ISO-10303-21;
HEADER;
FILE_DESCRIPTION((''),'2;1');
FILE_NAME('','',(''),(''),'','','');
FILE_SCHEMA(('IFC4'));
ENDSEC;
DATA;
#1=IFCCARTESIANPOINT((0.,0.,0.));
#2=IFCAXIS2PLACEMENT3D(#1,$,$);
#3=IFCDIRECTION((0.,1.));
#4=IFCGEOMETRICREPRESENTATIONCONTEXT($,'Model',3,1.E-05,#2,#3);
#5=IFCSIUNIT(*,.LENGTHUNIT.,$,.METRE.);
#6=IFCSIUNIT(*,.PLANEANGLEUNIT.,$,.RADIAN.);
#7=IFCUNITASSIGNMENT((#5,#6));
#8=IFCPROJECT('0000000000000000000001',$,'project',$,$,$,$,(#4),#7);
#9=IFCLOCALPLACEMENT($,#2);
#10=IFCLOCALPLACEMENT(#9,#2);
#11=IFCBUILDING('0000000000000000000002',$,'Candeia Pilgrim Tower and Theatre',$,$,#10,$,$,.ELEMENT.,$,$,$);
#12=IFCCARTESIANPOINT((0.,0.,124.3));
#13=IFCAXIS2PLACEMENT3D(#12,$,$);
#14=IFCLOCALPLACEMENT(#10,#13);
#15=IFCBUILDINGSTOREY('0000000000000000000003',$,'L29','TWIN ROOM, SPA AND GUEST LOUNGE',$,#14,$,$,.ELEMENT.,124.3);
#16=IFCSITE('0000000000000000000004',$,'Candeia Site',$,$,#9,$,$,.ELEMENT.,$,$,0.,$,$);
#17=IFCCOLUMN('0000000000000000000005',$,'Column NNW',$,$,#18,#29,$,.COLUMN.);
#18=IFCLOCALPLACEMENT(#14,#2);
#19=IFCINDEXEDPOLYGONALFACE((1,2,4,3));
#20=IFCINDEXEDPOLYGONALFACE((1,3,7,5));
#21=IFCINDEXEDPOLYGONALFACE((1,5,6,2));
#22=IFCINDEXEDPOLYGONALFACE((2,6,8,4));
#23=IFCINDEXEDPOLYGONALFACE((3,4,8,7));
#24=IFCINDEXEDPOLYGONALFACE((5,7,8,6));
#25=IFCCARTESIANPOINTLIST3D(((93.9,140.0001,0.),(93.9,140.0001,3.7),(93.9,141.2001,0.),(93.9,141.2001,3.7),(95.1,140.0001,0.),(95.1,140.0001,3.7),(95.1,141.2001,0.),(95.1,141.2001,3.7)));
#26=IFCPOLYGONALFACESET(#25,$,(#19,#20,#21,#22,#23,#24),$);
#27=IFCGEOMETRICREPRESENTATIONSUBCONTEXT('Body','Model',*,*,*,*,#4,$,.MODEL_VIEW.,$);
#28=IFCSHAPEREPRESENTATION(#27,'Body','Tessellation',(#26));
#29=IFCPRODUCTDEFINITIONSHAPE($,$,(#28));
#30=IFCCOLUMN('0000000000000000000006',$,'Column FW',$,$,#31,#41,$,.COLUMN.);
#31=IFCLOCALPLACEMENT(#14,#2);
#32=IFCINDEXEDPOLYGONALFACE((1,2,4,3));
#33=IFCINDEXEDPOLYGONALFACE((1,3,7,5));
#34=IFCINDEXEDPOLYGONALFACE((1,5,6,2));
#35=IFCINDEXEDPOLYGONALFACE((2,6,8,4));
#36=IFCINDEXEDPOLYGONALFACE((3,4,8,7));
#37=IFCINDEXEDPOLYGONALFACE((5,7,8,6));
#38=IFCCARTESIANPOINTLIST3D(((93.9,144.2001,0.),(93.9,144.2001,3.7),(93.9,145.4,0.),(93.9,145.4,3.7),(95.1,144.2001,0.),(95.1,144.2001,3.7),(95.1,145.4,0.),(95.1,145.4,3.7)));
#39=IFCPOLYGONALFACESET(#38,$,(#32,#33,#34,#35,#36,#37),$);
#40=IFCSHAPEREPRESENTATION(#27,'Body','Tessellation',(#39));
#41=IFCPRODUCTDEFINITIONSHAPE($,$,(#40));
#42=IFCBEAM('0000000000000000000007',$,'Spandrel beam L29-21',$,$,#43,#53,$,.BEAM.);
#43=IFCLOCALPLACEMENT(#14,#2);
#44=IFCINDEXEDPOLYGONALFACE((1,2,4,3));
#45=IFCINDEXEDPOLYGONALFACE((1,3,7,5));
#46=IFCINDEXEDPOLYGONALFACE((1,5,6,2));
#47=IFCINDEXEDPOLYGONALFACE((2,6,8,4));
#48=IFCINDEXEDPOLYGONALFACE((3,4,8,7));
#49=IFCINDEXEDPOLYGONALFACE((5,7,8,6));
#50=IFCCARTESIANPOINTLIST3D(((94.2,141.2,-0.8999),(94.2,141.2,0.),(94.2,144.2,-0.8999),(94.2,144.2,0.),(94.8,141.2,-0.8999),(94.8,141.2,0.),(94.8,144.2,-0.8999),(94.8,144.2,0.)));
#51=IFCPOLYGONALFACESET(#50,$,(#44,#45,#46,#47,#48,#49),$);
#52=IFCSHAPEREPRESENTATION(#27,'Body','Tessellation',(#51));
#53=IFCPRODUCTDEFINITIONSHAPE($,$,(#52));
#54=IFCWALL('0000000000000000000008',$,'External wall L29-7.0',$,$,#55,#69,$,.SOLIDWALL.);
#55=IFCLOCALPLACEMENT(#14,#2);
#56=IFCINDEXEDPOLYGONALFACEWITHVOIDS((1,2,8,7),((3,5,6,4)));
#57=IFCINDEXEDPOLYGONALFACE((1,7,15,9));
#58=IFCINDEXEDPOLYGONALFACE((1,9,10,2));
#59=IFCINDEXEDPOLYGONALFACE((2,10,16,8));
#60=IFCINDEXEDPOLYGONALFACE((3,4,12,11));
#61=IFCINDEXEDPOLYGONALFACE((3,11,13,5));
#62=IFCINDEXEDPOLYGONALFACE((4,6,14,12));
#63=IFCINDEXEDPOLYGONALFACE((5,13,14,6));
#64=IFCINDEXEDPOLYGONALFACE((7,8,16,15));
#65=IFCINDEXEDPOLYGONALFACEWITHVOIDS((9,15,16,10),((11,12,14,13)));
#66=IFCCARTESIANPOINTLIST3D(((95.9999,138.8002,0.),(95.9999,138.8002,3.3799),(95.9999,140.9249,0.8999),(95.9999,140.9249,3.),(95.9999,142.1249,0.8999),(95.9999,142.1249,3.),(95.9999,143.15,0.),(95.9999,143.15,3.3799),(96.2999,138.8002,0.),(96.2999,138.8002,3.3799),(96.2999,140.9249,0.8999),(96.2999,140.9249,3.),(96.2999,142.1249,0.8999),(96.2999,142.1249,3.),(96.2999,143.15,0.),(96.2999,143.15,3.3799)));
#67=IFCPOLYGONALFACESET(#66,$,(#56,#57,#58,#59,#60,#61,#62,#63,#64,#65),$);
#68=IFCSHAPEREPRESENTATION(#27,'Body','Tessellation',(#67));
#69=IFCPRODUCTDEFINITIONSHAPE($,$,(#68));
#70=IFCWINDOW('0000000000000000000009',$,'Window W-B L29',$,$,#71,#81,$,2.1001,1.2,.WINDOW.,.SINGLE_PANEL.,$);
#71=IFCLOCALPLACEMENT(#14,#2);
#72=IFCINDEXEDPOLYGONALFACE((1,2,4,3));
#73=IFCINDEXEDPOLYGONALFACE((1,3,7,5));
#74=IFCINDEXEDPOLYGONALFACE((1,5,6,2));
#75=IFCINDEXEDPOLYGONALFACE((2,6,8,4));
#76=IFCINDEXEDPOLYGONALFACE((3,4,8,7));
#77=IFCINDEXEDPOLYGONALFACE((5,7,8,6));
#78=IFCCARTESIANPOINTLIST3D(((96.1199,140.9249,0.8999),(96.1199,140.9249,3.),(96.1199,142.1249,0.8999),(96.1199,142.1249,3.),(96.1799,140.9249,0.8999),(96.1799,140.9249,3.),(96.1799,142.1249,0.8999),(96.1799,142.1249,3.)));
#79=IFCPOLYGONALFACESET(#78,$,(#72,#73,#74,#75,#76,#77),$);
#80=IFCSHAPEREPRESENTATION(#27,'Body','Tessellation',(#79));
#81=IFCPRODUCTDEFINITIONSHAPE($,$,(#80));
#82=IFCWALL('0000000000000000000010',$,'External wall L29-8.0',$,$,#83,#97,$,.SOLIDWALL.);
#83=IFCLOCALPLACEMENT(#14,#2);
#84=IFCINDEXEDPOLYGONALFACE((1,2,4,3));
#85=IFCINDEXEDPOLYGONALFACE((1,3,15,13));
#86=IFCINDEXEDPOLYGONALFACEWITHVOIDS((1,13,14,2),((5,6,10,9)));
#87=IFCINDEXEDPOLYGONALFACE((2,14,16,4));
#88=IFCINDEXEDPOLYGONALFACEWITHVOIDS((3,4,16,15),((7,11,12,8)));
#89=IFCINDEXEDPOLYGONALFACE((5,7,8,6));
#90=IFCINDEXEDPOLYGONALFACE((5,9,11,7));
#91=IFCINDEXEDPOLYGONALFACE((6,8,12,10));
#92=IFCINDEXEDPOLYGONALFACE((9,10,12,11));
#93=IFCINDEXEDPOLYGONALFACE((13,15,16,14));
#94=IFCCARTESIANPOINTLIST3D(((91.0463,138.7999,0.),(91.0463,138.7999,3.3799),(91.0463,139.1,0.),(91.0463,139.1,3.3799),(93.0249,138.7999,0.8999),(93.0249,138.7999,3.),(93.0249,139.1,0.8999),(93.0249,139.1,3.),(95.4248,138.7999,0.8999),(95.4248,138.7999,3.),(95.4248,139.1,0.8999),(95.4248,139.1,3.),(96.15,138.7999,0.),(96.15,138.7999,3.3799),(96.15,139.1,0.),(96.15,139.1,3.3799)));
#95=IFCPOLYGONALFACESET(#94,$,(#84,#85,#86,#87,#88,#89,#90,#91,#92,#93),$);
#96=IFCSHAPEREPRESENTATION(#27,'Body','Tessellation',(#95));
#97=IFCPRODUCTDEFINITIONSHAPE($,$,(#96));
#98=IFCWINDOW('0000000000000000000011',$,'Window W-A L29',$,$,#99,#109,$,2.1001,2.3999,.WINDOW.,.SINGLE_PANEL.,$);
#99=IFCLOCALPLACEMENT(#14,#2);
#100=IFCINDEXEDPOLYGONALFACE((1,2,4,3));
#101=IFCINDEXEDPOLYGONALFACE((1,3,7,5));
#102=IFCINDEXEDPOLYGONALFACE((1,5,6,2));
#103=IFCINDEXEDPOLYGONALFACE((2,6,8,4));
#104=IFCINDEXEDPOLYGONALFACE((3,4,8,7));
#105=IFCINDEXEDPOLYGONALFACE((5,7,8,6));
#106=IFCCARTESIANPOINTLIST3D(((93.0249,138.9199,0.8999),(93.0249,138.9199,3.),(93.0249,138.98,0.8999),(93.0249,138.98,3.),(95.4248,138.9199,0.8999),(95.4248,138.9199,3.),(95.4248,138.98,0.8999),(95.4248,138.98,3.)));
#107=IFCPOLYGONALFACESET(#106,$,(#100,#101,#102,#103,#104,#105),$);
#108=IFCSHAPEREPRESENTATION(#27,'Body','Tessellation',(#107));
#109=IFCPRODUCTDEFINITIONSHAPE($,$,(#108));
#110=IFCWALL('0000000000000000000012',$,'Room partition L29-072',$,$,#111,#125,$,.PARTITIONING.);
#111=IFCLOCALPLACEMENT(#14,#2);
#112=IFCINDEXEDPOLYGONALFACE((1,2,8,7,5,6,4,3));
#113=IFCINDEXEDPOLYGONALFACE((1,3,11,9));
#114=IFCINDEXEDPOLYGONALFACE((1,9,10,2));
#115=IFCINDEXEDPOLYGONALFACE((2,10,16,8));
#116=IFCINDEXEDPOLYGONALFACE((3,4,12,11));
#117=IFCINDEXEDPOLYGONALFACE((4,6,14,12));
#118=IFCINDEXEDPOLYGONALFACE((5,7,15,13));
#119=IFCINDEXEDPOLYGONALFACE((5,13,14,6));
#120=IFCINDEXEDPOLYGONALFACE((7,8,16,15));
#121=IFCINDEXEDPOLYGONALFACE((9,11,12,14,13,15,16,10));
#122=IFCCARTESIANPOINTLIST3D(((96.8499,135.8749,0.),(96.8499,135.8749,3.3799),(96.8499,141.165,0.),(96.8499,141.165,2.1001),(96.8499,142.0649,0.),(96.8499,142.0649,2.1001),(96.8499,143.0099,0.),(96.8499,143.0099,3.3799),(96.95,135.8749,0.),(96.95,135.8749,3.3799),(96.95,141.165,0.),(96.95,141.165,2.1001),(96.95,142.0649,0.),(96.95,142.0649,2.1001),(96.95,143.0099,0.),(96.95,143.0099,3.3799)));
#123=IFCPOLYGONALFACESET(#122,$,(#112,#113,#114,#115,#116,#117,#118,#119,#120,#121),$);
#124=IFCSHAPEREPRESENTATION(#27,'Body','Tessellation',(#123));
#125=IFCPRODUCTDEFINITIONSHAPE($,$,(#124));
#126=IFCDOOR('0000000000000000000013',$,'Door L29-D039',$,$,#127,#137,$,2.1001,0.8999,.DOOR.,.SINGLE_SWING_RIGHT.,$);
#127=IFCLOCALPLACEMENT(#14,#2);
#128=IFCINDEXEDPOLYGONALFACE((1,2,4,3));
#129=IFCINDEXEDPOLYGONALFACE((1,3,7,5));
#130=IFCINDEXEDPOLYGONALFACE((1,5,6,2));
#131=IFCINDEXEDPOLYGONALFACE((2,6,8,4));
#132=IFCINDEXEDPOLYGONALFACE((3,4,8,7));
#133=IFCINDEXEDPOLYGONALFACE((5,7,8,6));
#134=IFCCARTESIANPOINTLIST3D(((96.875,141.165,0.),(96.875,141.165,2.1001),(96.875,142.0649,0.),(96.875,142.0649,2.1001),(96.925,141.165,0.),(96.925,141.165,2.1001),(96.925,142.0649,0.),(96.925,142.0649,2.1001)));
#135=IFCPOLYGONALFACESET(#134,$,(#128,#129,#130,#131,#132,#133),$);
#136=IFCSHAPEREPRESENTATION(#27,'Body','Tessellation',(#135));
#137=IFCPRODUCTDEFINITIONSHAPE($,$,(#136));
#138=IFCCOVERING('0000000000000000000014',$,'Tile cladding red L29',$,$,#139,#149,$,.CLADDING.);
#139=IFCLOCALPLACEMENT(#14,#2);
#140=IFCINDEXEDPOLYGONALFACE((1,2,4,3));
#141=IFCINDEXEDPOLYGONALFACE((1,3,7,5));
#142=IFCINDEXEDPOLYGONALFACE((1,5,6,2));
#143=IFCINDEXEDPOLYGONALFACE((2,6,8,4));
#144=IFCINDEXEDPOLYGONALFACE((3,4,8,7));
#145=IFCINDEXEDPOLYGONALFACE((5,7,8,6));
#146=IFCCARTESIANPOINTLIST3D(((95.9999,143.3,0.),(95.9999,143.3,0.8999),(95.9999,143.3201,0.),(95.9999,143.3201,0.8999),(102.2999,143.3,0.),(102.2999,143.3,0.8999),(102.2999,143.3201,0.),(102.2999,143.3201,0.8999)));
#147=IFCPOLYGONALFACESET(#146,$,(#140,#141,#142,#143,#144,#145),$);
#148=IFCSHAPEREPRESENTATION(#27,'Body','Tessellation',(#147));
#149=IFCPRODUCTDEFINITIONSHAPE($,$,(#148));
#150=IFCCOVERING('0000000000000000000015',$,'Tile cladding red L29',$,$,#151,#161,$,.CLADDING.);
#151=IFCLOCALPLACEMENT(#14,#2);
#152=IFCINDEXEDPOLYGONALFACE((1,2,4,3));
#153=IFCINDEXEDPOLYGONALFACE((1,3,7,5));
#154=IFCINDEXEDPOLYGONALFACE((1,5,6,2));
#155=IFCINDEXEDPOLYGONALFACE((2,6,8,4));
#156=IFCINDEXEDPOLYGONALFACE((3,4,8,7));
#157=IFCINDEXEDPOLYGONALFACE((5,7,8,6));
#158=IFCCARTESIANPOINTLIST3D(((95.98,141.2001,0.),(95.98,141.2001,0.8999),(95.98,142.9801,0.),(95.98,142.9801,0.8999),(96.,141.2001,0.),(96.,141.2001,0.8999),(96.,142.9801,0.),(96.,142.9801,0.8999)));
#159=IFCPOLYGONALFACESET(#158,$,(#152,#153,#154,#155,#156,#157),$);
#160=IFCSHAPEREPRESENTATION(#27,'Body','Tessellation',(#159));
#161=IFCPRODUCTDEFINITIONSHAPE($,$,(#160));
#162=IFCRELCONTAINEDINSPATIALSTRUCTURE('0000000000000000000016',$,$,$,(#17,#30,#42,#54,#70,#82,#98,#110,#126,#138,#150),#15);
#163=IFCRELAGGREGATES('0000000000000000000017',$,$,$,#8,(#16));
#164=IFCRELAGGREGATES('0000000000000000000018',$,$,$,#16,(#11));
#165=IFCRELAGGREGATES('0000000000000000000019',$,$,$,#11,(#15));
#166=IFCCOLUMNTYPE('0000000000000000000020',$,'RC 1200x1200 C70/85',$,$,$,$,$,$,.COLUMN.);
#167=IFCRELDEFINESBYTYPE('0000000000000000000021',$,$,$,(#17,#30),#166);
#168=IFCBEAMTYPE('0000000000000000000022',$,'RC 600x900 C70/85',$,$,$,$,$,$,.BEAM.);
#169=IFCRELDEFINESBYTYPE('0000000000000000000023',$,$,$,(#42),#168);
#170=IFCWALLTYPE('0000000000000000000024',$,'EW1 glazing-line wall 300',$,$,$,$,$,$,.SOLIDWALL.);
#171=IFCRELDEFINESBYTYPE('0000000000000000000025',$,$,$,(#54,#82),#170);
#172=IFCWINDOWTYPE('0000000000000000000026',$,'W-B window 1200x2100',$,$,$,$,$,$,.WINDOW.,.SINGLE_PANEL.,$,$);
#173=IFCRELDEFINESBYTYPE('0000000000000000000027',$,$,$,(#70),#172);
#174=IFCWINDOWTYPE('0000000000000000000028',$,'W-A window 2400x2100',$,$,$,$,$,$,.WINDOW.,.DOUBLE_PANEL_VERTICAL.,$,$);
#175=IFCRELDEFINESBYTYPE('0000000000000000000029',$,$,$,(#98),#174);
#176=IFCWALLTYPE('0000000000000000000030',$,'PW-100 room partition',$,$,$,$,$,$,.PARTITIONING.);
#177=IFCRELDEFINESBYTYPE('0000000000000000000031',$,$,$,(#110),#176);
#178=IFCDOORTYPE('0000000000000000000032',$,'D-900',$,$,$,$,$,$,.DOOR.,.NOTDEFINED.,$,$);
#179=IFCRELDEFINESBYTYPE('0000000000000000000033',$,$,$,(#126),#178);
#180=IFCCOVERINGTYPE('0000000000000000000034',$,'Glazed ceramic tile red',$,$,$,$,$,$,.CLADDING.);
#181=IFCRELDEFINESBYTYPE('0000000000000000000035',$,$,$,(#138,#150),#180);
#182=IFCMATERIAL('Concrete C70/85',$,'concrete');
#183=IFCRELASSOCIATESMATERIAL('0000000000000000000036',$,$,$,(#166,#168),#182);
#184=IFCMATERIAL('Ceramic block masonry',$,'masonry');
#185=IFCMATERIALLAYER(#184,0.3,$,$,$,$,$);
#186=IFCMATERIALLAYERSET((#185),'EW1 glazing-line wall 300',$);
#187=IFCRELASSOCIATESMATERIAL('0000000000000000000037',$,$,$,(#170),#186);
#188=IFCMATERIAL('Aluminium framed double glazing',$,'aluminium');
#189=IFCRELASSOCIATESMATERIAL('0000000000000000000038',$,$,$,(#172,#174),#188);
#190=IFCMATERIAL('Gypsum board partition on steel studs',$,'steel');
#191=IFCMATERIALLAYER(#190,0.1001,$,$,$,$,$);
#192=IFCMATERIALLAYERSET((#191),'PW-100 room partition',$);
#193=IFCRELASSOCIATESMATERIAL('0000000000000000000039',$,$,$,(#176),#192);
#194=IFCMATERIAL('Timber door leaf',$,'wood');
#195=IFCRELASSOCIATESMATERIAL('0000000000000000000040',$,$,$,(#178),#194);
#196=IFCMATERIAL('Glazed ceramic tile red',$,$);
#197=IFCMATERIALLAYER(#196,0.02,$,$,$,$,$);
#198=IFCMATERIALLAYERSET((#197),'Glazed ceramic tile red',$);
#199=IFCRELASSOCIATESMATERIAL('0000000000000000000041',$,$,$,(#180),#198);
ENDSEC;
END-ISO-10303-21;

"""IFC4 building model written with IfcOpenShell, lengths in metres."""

from ifc_helpers import new_model, si_unit, direction, frame, frame_2d, origin, origin_2d, place, context, subcontext, project, spatial, rectangle, extrude, material, layer, layer_set, material_profile, profile_set, type_object, element, fill, save


model = new_model("IFC4")

# Units and contexts
model_context = context("Model", 3, precision=1e-05, world=origin(), true_north=direction((0.0, 1.0)))
body_context = subcontext(model_context, "Body", "Model", "MODEL_VIEW")
ifc_project = project(units=[si_unit("LENGTHUNIT", "METRE"), si_unit("PLANEANGLEUNIT", "RADIAN")], contexts=[model_context])

# Site, building, storey
site_placement = place(None, origin())
site = spatial("IfcSite", under=ifc_project, at=site_placement, Name="Candeia Site", CompositionType="ELEMENT", RefElevation=0.0)
building_placement = place(site_placement, origin())
building = spatial("IfcBuilding", under=site, at=building_placement, Name="Candeia Pilgrim Tower and Theatre", CompositionType="ELEMENT")
storey_placement = place(building_placement, frame((0.0, 0.0, 124.3)))
storey = spatial("IfcBuildingStorey", under=building, at=storey_placement, Name="L29", Description="TWIN ROOM, SPA AND GUEST LOUNGE", CompositionType="ELEMENT", Elevation=124.3)

# Columns
ifc_material_1 = material(Name="Concrete C70/85", Category="concrete")
ifc_material_profile_1 = material_profile(ifc_material_1, rectangle(XDim=1.2, YDim=1.2, at=origin_2d()))
ifc_profile_set_1 = profile_set([ifc_material_profile_1], Name="Concrete C70/85")
column_type = type_object("IfcColumnType", Name="RC 1200x1200 C70/85", PredefinedType="COLUMN", material=ifc_profile_set_1)
for number, where, z_axis, x_axis, name in (
    (1, (94.5, 140.6001, 0.0), (0.0, 0.0, 1.0), (1.0, 0.0, 0.0), "Column NNW"),
    (2, (94.5, 144.8, 0.0), (0.0, 0.0, 1.0), (1.0, 0.0, 0.0), "Column FW"),
):
    element("IfcColumn", number, at=place(storey_placement, frame(where, z_axis=z_axis, x_axis=x_axis)), inside=storey, type_object=column_type, Name=name, PredefinedType="COLUMN", context=body_context, shape_type="SweptSolid", body=[
        extrude(rectangle(XDim=1.2, YDim=1.2, at=origin_2d()), origin(), (0.0, 0.0, 1.0), 3.7),
    ])

# Beam
ifc_material_profile_2 = material_profile(ifc_material_1, rectangle(XDim=0.6001, YDim=0.8999, at=origin_2d()))
ifc_profile_set_2 = profile_set([ifc_material_profile_2], Name="Concrete C70/85")
beam_type = type_object("IfcBeamType", Name="RC 600x900 C70/85", PredefinedType="BEAM", material=ifc_profile_set_2)
beam_placement = place(storey_placement, frame((94.5, 144.2, -0.45), z_axis=(0.0, -1.0, 0.0), x_axis=(1.0, 0.0, 0.0)))
element("IfcBeam", 3, at=beam_placement, inside=storey, type_object=beam_type, Name="Spandrel beam L29-21", PredefinedType="BEAM", context=body_context, shape_type="SweptSolid", body=[
    extrude(rectangle(XDim=0.6001, YDim=0.8999, at=origin_2d()), origin(), (0.0, 0.0, 1.0), 3.0),
])

# Walls, openings, windows
ifc_material_2 = material(Name="Ceramic block masonry", Category="masonry")
ifc_layer_1 = layer(ifc_material_2, 0.3)
ifc_layer_set_1 = layer_set([ifc_layer_1], Name="EW1 glazing-line wall 300")
wall_type_1 = type_object("IfcWallType", Name="EW1 glazing-line wall 300", PredefinedType="SOLIDWALL", material=ifc_layer_set_1)
wall_1_placement = place(storey_placement, frame((96.1499, 143.1499, 0.0), z_axis=(0.0, 0.0, 1.0), x_axis=(0.0, -1.0, 0.0)))
wall_1 = element("IfcWall", 4, at=wall_1_placement, inside=storey, type_object=wall_type_1, Name="External wall L29-7.0", PredefinedType="SOLIDWALL", context=body_context, shape_type="SweptSolid", body=[
    extrude(rectangle(XDim=4.3499, YDim=0.3, at=frame_2d((2.1748, 0.0))), origin(), (0.0, 0.0, 1.0), 3.3799),
])
opening_1_placement = place(wall_1_placement, frame((1.0249, 0.0, 0.8999)))
opening_1 = element("IfcOpeningElement", 5, at=opening_1_placement, cuts=wall_1, PredefinedType="OPENING", context=body_context, shape_type="SweptSolid", body=[
    extrude(rectangle(XDim=1.2, YDim=2.1001, at=frame_2d((0.6001, 1.05))), frame((0.0, 0.1602, 0.0), z_axis=(0.0, -1.0, 0.0), x_axis=(1.0, 0.0, 0.0)), (0.0, 0.0, 1.0), 0.3201),
])
ifc_material_3 = material(Name="Aluminium framed double glazing", Category="aluminium")
window_type_1 = type_object("IfcWindowType", Name="W-B window 1200x2100", PartitioningType="SINGLE_PANEL", PredefinedType="WINDOW", material=ifc_material_3)
window_1_placement = place(opening_1_placement, origin())
window_1 = element("IfcWindow", 6, at=window_1_placement, inside=storey, type_object=window_type_1, Name="Window W-B L29", OverallHeight=2.1001, OverallWidth=1.2, PartitioningType="SINGLE_PANEL", PredefinedType="WINDOW", context=body_context, shape_type="SweptSolid", body=[
    extrude(rectangle(XDim=1.2, YDim=2.1001, at=frame_2d((0.6001, 1.05))), frame((0.0, 0.03, 0.0), z_axis=(0.0, -1.0, 0.0), x_axis=(1.0, 0.0, 0.0)), (0.0, 0.0, 1.0), 0.0601),
])
fill(opening_1, window_1)
wall_2_placement = place(storey_placement, frame((96.1499, 138.95, 0.0), z_axis=(0.0, 0.0, 1.0), x_axis=(-1.0, 0.0, 0.0)))
wall_2 = element("IfcWall", 7, at=wall_2_placement, inside=storey, type_object=wall_type_1, Name="External wall L29-8.0", PredefinedType="SOLIDWALL", context=body_context, shape_type="SweptSolid", body=[
    extrude(rectangle(XDim=5.1038, YDim=0.3, at=frame_2d((2.5518, 0.0))), origin(), (0.0, 0.0, 1.0), 3.3799),
])
opening_2_placement = place(wall_2_placement, frame((0.7251, 0.0, 0.8999)))
opening_2 = element("IfcOpeningElement", 8, at=opening_2_placement, cuts=wall_2, PredefinedType="OPENING", context=body_context, shape_type="SweptSolid", body=[
    extrude(rectangle(XDim=2.3999, YDim=2.1001, at=frame_2d((1.2, 1.05))), frame((0.0, 0.1602, 0.0), z_axis=(0.0, -1.0, 0.0), x_axis=(1.0, 0.0, 0.0)), (0.0, 0.0, 1.0), 0.3201),
])
window_type_2 = type_object("IfcWindowType", Name="W-A window 2400x2100", PartitioningType="DOUBLE_PANEL_VERTICAL", PredefinedType="WINDOW", material=ifc_material_3)
window_2_placement = place(opening_2_placement, origin())
window_2 = element("IfcWindow", 9, at=window_2_placement, inside=storey, type_object=window_type_2, Name="Window W-A L29", OverallHeight=2.1001, OverallWidth=2.3999, PartitioningType="SINGLE_PANEL", PredefinedType="WINDOW", context=body_context, shape_type="SweptSolid", body=[
    extrude(rectangle(XDim=2.3999, YDim=2.1001, at=frame_2d((1.2, 1.05))), frame((0.0, 0.03, 0.0), z_axis=(0.0, -1.0, 0.0), x_axis=(1.0, 0.0, 0.0)), (0.0, 0.0, 1.0), 0.0601),
])
fill(opening_2, window_2)

# Wall, opening, door
ifc_material_4 = material(Name="Gypsum board partition on steel studs", Category="steel")
ifc_layer_2 = layer(ifc_material_4, 0.1001)
ifc_layer_set_2 = layer_set([ifc_layer_2], Name="PW-100 room partition")
wall_type_2 = type_object("IfcWallType", Name="PW-100 room partition", PredefinedType="PARTITIONING", material=ifc_layer_set_2)
wall_3_placement = place(storey_placement, frame((96.8999, 135.875, 0.0), z_axis=(0.0, 0.0, 1.0), x_axis=(0.0, 1.0, 0.0)))
wall_3 = element("IfcWall", 10, at=wall_3_placement, inside=storey, type_object=wall_type_2, Name="Room partition L29-072", PredefinedType="PARTITIONING", context=body_context, shape_type="SweptSolid", body=[
    extrude(rectangle(XDim=7.135, YDim=0.1001, at=frame_2d((3.5674, 0.0))), origin(), (0.0, 0.0, 1.0), 3.3799),
])
opening_3_placement = place(wall_3_placement, frame((5.29, 0.0, 0.0)))
opening_3 = element("IfcOpeningElement", 11, at=opening_3_placement, cuts=wall_3, PredefinedType="OPENING", context=body_context, shape_type="SweptSolid", body=[
    extrude(rectangle(XDim=0.8999, YDim=2.1001, at=frame_2d((0.45, 1.05))), frame((0.0, 0.0601, 0.0), z_axis=(0.0, -1.0, 0.0), x_axis=(1.0, 0.0, 0.0)), (0.0, 0.0, 1.0), 0.1201),
])
ifc_material_5 = material(Name="Timber door leaf", Category="wood")
door_type = type_object("IfcDoorType", Name="D-900", OperationType="NOTDEFINED", PredefinedType="DOOR", material=ifc_material_5)
door_placement = place(opening_3_placement, origin())
door = element("IfcDoor", 12, at=door_placement, inside=storey, type_object=door_type, Name="Door L29-D039", OperationType="SINGLE_SWING_RIGHT", OverallHeight=2.1001, OverallWidth=0.8999, PredefinedType="DOOR", context=body_context, shape_type="SweptSolid", body=[
    extrude(rectangle(XDim=0.8999, YDim=2.1001, at=frame_2d((0.45, 1.05))), frame((0.0, 0.0249, 0.0), z_axis=(0.0, -1.0, 0.0), x_axis=(1.0, 0.0, 0.0)), (0.0, 0.0, 1.0), 0.05),
])
fill(opening_3, door)

# Coverings
ifc_material_6 = material(Name="Glazed ceramic tile red")
ifc_layer_3 = layer(ifc_material_6, 0.02)
ifc_layer_set_3 = layer_set([ifc_layer_3], Name="Glazed ceramic tile red")
covering_type_1 = type_object("IfcCoveringType", Name="Glazed ceramic tile red", PredefinedType="CLADDING", material=ifc_layer_set_3)
covering_1_placement = place(storey_placement, frame((99.1499, 143.3101, 0.0), z_axis=(0.0, 0.0, 1.0), x_axis=(-1.0, 0.0, 0.0)))
element("IfcCovering", 13, at=covering_1_placement, inside=storey, type_object=covering_type_1, Name="Tile cladding red L29", PredefinedType="CLADDING", context=body_context, shape_type="SweptSolid", body=[
    extrude(rectangle(XDim=6.3, YDim=0.02, at=origin_2d()), origin(), (0.0, 0.0, 1.0), 0.8999),
])
covering_2_placement = place(storey_placement, frame((95.99, 142.0901, 0.0), z_axis=(0.0, 0.0, 1.0), x_axis=(0.0, -1.0, 0.0)))
element("IfcCovering", 14, at=covering_2_placement, inside=storey, type_object=covering_type_1, Name="Tile cladding red L29", PredefinedType="CLADDING", context=body_context, shape_type="SweptSolid", body=[
    extrude(rectangle(XDim=1.78, YDim=0.02, at=origin_2d()), origin(), (0.0, 0.0, 1.0), 0.8999),
])

save(model, "model.ifc")
